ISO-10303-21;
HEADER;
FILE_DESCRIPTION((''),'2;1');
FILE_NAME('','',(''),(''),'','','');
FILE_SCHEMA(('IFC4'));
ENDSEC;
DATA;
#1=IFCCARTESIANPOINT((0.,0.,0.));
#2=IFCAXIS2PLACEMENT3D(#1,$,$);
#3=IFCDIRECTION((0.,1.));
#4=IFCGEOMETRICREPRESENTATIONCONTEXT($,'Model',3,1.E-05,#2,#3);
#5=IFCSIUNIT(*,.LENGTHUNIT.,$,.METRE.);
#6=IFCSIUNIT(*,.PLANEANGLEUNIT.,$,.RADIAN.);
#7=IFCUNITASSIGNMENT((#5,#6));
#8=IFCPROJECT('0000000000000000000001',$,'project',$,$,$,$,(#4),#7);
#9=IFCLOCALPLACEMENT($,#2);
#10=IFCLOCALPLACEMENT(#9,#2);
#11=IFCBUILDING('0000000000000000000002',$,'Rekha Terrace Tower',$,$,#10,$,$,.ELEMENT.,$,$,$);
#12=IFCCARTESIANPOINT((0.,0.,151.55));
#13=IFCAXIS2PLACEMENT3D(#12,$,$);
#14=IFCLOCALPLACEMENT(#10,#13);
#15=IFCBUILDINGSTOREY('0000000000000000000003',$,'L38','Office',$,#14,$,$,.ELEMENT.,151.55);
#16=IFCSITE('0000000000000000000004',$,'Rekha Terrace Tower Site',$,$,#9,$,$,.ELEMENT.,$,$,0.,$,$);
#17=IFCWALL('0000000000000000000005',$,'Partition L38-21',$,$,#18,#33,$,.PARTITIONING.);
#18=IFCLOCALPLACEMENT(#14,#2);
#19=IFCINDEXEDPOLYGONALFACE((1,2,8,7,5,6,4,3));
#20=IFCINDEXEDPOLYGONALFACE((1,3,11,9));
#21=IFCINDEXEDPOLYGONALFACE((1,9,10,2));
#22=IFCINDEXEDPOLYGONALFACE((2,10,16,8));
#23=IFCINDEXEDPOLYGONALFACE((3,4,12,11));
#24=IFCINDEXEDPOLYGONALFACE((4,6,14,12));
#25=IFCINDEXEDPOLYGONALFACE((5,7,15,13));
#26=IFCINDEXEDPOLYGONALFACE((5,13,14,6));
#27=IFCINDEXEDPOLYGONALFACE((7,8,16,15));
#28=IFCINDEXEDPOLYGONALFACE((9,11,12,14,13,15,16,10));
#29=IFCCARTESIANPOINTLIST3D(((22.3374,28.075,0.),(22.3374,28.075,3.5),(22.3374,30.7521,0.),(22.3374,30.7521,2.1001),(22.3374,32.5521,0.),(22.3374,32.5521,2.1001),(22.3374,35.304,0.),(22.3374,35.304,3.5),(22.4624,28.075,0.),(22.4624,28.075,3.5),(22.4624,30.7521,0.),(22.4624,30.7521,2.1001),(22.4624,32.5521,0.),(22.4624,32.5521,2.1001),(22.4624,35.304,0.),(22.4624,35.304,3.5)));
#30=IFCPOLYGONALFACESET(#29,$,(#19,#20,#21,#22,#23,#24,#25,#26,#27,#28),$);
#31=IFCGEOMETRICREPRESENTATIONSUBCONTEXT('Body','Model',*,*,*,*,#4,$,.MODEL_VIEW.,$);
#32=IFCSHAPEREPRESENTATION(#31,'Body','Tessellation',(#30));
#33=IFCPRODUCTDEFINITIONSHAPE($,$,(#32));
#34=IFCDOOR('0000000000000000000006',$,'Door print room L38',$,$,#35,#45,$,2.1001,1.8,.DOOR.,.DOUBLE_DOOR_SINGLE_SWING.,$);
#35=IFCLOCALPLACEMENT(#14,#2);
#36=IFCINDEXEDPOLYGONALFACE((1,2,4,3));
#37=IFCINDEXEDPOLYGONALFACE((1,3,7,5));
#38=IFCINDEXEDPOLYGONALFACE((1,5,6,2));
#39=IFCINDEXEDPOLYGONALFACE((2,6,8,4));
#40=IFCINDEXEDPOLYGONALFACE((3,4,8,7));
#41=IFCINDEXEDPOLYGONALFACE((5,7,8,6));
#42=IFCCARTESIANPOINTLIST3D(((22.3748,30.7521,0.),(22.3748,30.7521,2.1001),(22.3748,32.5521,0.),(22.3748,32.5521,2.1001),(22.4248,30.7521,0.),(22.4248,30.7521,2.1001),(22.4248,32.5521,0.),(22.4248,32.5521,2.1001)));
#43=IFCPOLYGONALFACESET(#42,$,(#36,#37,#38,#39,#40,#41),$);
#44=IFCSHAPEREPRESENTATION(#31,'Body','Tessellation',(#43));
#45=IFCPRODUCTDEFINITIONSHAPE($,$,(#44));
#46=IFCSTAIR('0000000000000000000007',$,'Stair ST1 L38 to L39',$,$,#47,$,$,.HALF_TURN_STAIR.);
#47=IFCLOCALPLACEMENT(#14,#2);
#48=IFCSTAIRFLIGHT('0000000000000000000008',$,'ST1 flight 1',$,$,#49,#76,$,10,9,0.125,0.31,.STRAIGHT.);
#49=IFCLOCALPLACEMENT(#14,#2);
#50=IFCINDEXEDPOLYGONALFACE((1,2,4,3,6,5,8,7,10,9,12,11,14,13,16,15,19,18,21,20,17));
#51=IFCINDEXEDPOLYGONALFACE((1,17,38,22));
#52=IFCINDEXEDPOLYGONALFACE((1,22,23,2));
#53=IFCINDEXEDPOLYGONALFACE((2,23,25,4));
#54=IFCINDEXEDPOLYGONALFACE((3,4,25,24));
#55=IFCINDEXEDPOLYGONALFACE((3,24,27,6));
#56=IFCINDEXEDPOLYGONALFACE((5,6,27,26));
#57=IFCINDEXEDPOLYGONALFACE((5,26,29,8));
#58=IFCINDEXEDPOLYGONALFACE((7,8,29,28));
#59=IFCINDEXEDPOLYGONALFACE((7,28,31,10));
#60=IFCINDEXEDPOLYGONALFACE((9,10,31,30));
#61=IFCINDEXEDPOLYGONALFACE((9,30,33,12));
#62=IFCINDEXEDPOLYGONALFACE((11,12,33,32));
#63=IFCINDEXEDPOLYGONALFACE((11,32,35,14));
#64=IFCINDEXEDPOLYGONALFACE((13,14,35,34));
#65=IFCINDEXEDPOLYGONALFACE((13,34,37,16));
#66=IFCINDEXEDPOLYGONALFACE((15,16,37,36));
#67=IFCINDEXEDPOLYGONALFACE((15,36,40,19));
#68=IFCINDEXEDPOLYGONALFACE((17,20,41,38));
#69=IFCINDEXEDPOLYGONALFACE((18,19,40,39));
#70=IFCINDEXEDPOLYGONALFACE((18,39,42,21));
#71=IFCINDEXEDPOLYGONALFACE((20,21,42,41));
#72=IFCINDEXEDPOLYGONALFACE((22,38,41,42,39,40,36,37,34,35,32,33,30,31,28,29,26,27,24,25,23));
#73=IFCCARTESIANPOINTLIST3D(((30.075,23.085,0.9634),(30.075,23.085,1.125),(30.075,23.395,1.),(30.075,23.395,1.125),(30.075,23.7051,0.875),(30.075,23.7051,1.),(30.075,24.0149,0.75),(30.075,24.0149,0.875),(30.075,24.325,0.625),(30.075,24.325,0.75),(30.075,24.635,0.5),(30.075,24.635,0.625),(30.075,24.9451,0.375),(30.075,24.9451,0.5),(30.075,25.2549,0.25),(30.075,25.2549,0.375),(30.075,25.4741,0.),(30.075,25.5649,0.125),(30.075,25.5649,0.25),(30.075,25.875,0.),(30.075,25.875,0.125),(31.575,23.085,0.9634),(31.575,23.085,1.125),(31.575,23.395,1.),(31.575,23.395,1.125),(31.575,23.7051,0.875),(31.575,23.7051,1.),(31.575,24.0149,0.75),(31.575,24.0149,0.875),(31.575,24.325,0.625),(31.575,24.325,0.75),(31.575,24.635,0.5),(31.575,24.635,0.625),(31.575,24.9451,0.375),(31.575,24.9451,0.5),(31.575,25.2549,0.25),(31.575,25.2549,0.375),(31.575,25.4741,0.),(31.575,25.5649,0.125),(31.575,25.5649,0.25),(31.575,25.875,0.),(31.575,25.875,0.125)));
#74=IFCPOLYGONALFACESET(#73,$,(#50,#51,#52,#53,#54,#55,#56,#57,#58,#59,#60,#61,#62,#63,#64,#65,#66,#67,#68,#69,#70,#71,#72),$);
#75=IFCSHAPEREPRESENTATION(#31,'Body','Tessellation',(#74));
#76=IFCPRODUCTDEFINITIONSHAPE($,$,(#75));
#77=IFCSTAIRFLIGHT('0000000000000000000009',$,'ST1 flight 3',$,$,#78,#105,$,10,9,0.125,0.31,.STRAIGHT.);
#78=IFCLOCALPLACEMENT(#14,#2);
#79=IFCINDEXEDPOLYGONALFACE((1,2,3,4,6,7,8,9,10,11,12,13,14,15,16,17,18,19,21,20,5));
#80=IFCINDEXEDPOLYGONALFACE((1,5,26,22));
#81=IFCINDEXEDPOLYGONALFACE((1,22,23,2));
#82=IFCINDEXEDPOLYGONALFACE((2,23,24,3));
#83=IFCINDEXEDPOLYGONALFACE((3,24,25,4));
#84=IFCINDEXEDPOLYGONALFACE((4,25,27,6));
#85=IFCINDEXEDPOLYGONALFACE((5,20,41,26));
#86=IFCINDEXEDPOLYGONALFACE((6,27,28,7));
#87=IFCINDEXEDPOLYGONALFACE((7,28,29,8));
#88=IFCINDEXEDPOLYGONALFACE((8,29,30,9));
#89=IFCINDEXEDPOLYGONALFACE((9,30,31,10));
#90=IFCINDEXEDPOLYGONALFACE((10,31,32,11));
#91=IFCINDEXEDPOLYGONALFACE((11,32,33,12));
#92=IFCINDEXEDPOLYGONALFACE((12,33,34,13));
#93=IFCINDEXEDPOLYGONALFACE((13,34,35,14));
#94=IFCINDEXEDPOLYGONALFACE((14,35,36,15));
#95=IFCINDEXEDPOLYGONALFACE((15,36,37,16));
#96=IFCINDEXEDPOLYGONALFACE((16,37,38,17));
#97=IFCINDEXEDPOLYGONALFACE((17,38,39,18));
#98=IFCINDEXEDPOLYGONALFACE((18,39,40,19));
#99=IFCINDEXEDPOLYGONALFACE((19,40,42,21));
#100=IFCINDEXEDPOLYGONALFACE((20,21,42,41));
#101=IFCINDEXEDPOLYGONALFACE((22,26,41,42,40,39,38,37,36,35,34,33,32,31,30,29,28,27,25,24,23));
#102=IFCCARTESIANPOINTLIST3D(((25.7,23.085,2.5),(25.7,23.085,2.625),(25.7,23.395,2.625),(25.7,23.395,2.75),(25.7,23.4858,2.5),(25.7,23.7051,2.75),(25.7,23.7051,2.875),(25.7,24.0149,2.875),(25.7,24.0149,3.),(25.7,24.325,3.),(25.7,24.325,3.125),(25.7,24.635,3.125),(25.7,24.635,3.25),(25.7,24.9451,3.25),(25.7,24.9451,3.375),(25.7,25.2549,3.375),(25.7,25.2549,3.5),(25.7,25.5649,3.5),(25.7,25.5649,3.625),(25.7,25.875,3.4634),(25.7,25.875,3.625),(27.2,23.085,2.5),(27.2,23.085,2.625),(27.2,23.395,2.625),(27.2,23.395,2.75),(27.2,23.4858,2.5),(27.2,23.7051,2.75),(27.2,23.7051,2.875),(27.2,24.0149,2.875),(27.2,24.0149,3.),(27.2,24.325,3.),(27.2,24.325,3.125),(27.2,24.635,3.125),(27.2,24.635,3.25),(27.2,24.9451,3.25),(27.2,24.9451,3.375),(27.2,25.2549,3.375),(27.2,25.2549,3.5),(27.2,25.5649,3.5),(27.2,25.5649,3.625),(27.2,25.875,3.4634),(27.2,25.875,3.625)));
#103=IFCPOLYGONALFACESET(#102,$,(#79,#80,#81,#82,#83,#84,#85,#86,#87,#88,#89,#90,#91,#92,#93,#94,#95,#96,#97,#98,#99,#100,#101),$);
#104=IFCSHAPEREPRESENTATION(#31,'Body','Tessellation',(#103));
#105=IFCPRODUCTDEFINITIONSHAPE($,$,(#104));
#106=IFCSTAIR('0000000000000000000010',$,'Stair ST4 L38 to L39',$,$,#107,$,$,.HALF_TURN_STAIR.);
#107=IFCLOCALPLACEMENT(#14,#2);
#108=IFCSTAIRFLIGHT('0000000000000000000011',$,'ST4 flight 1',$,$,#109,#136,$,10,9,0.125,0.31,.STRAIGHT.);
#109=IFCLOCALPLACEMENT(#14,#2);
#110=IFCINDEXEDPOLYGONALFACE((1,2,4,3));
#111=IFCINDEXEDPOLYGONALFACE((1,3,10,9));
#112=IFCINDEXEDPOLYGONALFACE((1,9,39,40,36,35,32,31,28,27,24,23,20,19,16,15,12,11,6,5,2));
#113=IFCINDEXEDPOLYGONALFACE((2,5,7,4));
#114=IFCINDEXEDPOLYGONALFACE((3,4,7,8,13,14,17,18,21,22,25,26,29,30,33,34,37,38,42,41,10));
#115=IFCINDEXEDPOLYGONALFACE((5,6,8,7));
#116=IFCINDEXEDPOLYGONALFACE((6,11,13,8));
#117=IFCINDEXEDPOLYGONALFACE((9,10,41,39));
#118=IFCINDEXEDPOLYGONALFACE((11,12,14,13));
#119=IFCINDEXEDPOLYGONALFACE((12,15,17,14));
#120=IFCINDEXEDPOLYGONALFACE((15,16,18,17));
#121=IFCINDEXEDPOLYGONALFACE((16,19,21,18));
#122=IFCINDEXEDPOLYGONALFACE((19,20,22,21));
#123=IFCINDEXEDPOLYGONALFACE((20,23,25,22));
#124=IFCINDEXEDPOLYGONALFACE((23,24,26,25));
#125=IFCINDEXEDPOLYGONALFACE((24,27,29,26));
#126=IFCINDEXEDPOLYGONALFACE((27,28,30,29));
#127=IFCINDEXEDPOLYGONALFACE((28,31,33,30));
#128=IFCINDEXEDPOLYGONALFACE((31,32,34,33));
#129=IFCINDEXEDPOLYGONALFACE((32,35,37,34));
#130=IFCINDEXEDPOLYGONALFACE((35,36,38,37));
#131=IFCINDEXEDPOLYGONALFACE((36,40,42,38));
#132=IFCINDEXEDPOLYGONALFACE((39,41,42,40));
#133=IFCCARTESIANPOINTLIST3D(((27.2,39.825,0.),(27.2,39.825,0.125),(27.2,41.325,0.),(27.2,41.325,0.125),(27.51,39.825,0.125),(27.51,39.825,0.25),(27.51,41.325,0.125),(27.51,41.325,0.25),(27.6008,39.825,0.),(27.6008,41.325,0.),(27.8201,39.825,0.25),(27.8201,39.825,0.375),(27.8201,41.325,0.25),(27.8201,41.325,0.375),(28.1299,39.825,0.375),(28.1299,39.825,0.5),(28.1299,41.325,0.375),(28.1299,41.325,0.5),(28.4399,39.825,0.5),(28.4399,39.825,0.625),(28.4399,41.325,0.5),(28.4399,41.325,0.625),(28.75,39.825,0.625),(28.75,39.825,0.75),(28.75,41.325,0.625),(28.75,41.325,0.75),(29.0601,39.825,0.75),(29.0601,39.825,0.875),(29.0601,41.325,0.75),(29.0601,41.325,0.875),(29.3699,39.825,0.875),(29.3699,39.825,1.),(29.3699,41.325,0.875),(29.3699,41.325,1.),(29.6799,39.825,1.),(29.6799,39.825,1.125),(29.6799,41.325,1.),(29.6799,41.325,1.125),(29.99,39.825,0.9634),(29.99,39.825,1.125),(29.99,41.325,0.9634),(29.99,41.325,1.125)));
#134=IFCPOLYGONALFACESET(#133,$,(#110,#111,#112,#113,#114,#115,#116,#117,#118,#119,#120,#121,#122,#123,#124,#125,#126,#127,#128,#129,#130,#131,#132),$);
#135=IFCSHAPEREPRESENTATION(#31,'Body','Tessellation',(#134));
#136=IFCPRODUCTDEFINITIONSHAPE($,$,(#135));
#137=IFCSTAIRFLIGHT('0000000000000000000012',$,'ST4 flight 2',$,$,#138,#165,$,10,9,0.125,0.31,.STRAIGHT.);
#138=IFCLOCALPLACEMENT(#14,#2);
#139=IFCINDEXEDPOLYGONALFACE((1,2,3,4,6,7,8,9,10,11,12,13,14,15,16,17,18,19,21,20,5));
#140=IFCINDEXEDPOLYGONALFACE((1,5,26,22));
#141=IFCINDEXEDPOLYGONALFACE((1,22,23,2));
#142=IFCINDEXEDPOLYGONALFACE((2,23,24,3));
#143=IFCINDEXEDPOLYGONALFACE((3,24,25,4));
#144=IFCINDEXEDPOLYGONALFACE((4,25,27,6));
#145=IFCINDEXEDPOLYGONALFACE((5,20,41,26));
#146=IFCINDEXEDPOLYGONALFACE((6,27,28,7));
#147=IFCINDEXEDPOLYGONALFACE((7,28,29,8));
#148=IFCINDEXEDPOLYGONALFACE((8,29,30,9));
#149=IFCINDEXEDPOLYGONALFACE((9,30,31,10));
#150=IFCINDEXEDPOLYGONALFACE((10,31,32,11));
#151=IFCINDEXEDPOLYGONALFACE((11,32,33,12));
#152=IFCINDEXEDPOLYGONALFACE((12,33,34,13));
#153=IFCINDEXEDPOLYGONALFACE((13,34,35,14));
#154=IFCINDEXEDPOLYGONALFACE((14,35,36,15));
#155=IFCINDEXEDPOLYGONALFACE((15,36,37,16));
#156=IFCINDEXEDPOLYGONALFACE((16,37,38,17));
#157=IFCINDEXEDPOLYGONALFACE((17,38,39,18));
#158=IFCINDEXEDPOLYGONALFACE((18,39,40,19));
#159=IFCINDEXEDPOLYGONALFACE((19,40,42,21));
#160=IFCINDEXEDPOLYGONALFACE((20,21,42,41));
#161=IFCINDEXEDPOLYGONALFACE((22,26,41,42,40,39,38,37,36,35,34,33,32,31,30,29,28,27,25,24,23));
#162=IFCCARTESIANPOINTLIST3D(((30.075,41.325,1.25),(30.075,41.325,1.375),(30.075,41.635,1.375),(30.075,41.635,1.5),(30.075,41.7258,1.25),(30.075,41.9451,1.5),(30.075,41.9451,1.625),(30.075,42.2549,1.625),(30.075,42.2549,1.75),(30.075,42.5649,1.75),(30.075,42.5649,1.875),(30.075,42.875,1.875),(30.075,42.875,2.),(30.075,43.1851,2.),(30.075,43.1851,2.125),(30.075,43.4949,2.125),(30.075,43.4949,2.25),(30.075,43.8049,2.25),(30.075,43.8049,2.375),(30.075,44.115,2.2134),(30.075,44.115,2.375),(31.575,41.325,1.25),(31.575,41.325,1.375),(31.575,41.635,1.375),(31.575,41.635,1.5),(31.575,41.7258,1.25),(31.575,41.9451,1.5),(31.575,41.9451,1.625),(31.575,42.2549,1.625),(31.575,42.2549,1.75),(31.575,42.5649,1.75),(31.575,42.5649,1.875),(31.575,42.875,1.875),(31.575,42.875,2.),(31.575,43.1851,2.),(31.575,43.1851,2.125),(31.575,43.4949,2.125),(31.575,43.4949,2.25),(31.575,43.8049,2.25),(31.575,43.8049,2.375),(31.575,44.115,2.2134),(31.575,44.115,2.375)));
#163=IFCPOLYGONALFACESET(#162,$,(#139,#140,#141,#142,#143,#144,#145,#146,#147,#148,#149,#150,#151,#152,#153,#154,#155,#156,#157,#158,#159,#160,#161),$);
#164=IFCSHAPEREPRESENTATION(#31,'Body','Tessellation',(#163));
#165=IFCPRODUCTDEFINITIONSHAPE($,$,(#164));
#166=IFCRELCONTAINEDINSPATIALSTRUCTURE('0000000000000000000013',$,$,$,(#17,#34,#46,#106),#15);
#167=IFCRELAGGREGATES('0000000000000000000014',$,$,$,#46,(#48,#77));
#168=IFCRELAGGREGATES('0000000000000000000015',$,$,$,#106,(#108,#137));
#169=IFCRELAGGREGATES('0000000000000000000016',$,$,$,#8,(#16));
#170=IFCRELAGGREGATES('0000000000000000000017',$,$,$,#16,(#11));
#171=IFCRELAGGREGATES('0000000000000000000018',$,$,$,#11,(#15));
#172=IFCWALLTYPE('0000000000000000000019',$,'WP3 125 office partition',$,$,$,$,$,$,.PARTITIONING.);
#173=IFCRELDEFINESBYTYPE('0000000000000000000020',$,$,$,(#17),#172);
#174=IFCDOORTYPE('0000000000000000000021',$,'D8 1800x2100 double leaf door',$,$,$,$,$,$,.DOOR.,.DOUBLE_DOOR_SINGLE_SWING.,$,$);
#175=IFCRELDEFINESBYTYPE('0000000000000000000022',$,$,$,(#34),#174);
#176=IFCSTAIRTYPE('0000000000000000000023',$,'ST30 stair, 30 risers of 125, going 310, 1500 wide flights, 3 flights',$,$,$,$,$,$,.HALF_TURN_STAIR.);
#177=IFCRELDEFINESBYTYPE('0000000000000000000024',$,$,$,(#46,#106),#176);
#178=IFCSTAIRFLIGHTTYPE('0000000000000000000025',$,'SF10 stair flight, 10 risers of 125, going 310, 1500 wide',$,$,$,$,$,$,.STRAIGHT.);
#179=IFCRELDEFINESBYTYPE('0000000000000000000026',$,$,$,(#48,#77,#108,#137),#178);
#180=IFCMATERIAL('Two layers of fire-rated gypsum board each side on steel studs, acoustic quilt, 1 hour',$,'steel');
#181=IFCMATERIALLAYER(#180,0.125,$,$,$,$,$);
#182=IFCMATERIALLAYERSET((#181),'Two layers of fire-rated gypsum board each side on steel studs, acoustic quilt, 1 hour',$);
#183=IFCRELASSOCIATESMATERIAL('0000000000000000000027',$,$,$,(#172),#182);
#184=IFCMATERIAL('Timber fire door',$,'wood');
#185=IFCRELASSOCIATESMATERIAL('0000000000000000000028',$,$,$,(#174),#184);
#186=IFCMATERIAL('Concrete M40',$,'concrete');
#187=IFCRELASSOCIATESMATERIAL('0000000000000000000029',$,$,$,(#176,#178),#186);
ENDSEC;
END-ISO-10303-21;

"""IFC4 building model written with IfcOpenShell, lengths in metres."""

from ifc_helpers import new_model, si_unit, direction, frame, frame_2d, origin, place, context, subcontext, project, spatial, polyline, rectangle, outline, extrude, material, layer, layer_set, type_object, element, fill, aggregate, save


model = new_model("IFC4")

# Units and contexts
model_context = context("Model", 3, precision=1e-05, world=origin(), true_north=direction((0.0, 1.0)))
body_context = subcontext(model_context, "Body", "Model", "MODEL_VIEW")
ifc_project = project(units=[si_unit("LENGTHUNIT", "METRE"), si_unit("PLANEANGLEUNIT", "RADIAN")], contexts=[model_context])

# Site, building, storey
site_placement = place(None, origin())
site = spatial("IfcSite", under=ifc_project, at=site_placement, Name="Rekha Terrace Tower Site", CompositionType="ELEMENT", RefElevation=0.0)
building_placement = place(site_placement, origin())
building = spatial("IfcBuilding", under=site, at=building_placement, Name="Rekha Terrace Tower", CompositionType="ELEMENT")
storey_placement = place(building_placement, frame((0.0, 0.0, 151.55)))
storey = spatial("IfcBuildingStorey", under=building, at=storey_placement, Name="L38", Description="Office", CompositionType="ELEMENT", Elevation=151.55)

# Shared definitions
ifc_material_1 = material(Name="Two layers of fire-rated gypsum board each side on steel studs, acoustic quilt, 1 hour", Category="steel")
ifc_layer_1 = layer(ifc_material_1, 0.125)
ifc_layer_set_1 = layer_set([ifc_layer_1], Name="Two layers of fire-rated gypsum board each side on steel studs, acoustic quilt, 1 hour")
wall_type_1 = type_object("IfcWallType", Name="WP3 125 office partition", PredefinedType="PARTITIONING", material=ifc_layer_set_1)

# Wall, opening, door
wall_1_placement = place(storey_placement, frame((22.3999, 35.304, 0.0), z_axis=(0.0, 0.0, 1.0), x_axis=(0.0, -1.0, 0.0)))
wall_1 = element("IfcWall", 1, at=wall_1_placement, inside=storey, type_object=wall_type_1, Name="Partition L38-21", PredefinedType="PARTITIONING", context=body_context, shape_type="SweptSolid", body=[
    extrude(rectangle(XDim=7.229, YDim=0.125, at=frame_2d((3.6145, 0.0))), origin(), (0.0, 0.0, 1.0), 3.5),
])
opening_1_placement = place(wall_1_placement, frame((2.752, 0.0, 0.0)))
opening_1 = element("IfcOpeningElement", 2, at=opening_1_placement, cuts=wall_1, PredefinedType="OPENING", context=body_context, shape_type="SweptSolid", body=[
    extrude(rectangle(XDim=1.8, YDim=2.1001, at=frame_2d((0.8999, 1.05))), frame((0.0, 0.0725, 0.0), z_axis=(0.0, -1.0, 0.0), x_axis=(1.0, 0.0, 0.0)), (0.0, 0.0, 1.0), 0.145),
])
ifc_material_2 = material(Name="Timber fire door", Category="wood")
door_type_1 = type_object("IfcDoorType", Name="D8 1800x2100 double leaf door", OperationType="DOUBLE_DOOR_SINGLE_SWING", PredefinedType="DOOR", material=ifc_material_2)
door_1_placement = place(opening_1_placement, origin())
door_1 = element("IfcDoor", 3, at=door_1_placement, inside=storey, type_object=door_type_1, Name="Door print room L38", OperationType="DOUBLE_DOOR_SINGLE_SWING", OverallHeight=2.1001, OverallWidth=1.8, PredefinedType="DOOR", context=body_context, shape_type="SweptSolid", body=[
    extrude(rectangle(XDim=1.8, YDim=2.1001, at=frame_2d((0.8999, 1.05))), frame((0.0, 0.0249, 0.0), z_axis=(0.0, -1.0, 0.0), x_axis=(1.0, 0.0, 0.0)), (0.0, 0.0, 1.0), 0.05),
])
fill(opening_1, door_1)

# Stairs, stair flights
ifc_material_3 = material(Name="Concrete M40", Category="concrete")
stair_type = type_object("IfcStairType", Name="ST30 stair, 30 risers of 125, going 310, 1500 wide flights, 3 flights", PredefinedType="HALF_TURN_STAIR", material=ifc_material_3)
stair_1_placement = place(storey_placement, origin())
stair_1 = element("IfcStair", 4, at=stair_1_placement, inside=storey, type_object=stair_type, Name="Stair ST1 L38 to L39", PredefinedType="HALF_TURN_STAIR")
stair_flight_type = type_object("IfcStairFlightType", Name="SF10 stair flight, 10 risers of 125, going 310, 1500 wide", PredefinedType="STRAIGHT", material=ifc_material_3)
stair_flight_1_placement = place(storey_placement, frame((30.825, 25.875, 0.0), z_axis=(0.0, 0.0, 1.0), x_axis=(0.0, -1.0, 0.0)))
stair_flight_1 = element("IfcStairFlight", 5, at=stair_flight_1_placement, type_object=stair_flight_type, Name="ST1 flight 1", NumberOfRisers=10, NumberOfTreads=9, PredefinedType="STRAIGHT", RiserHeight=0.125, TreadLength=0.31, context=body_context, shape_type="SweptSolid", body=[
    extrude(outline(polyline([(0.0, 0.0), (0.0, 0.125), (0.3101, 0.125), (0.3101, 0.25), (0.6201, 0.25), (0.6201, 0.375), (0.9299, 0.375), (0.9299, 0.5), (1.24, 0.5), (1.24, 0.625), (1.55, 0.625), (1.55, 0.75), (1.8601, 0.75), (1.8601, 0.875), (2.1699, 0.875), (2.1699, 1.0), (2.48, 1.0), (2.48, 1.125), (2.79, 1.125), (2.79, 1.25), (2.79, 0.9634), (0.4009, 0.0), (0.0, 0.0)])), frame((0.0, 0.75, 0.0), z_axis=(0.0, -1.0, 0.0), x_axis=(1.0, 0.0, 0.0)), (0.0, 0.0, 1.0), 1.5),
])
stair_flight_2_placement = place(storey_placement, frame((26.45, 23.085, 2.5), z_axis=(0.0, 0.0, 1.0), x_axis=(0.0, 1.0, 0.0)))
stair_flight_2 = element("IfcStairFlight", 6, at=stair_flight_2_placement, type_object=stair_flight_type, Name="ST1 flight 3", NumberOfRisers=10, NumberOfTreads=9, PredefinedType="STRAIGHT", RiserHeight=0.125, TreadLength=0.31, context=body_context, shape_type="SweptSolid", body=[
    extrude(outline(polyline([(0.0, 0.0), (0.0, 0.125), (0.3101, 0.125), (0.3101, 0.25), (0.6201, 0.25), (0.6201, 0.375), (0.9299, 0.375), (0.9299, 0.5), (1.24, 0.5), (1.24, 0.625), (1.55, 0.625), (1.55, 0.75), (1.8601, 0.75), (1.8601, 0.875), (2.1699, 0.875), (2.1699, 1.0), (2.48, 1.0), (2.48, 1.125), (2.79, 1.125), (2.79, 1.25), (2.79, 0.9634), (0.4009, 0.0), (0.0, 0.0)])), frame((0.0, 0.75, 0.0), z_axis=(0.0, -1.0, 0.0), x_axis=(1.0, 0.0, 0.0)), (0.0, 0.0, 1.0), 1.5),
])
aggregate(stair_1, [stair_flight_1, stair_flight_2])
stair_2_placement = place(storey_placement, origin())
stair_2 = element("IfcStair", 7, at=stair_2_placement, inside=storey, type_object=stair_type, Name="Stair ST4 L38 to L39", PredefinedType="HALF_TURN_STAIR")
stair_flight_3_placement = place(storey_placement, frame((27.2, 40.575, 0.0), z_axis=(0.0, 0.0, 1.0), x_axis=(1.0, 0.0, 0.0)))
stair_flight_3 = element("IfcStairFlight", 8, at=stair_flight_3_placement, type_object=stair_flight_type, Name="ST4 flight 1", NumberOfRisers=10, NumberOfTreads=9, PredefinedType="STRAIGHT", RiserHeight=0.125, TreadLength=0.31, context=body_context, shape_type="SweptSolid", body=[
    extrude(outline(polyline([(0.0, 0.0), (0.0, 0.125), (0.3101, 0.125), (0.3101, 0.25), (0.6201, 0.25), (0.6201, 0.375), (0.9299, 0.375), (0.9299, 0.5), (1.24, 0.5), (1.24, 0.625), (1.55, 0.625), (1.55, 0.75), (1.8601, 0.75), (1.8601, 0.875), (2.1699, 0.875), (2.1699, 1.0), (2.48, 1.0), (2.48, 1.125), (2.79, 1.125), (2.79, 1.25), (2.79, 0.9634), (0.4009, 0.0), (0.0, 0.0)])), frame((0.0, 0.75, 0.0), z_axis=(0.0, -1.0, 0.0), x_axis=(1.0, 0.0, 0.0)), (0.0, 0.0, 1.0), 1.5),
])
stair_flight_4_placement = place(storey_placement, frame((30.825, 41.325, 1.25), z_axis=(0.0, 0.0, 1.0), x_axis=(0.0, 1.0, 0.0)))
stair_flight_4 = element("IfcStairFlight", 9, at=stair_flight_4_placement, type_object=stair_flight_type, Name="ST4 flight 2", NumberOfRisers=10, NumberOfTreads=9, PredefinedType="STRAIGHT", RiserHeight=0.125, TreadLength=0.31, context=body_context, shape_type="SweptSolid", body=[
    extrude(outline(polyline([(0.0, 0.0), (0.0, 0.125), (0.3101, 0.125), (0.3101, 0.25), (0.6201, 0.25), (0.6201, 0.375), (0.9299, 0.375), (0.9299, 0.5), (1.24, 0.5), (1.24, 0.625), (1.55, 0.625), (1.55, 0.75), (1.8601, 0.75), (1.8601, 0.875), (2.1699, 0.875), (2.1699, 1.0), (2.48, 1.0), (2.48, 1.125), (2.79, 1.125), (2.79, 1.25), (2.79, 0.9634), (0.4009, 0.0), (0.0, 0.0)])), frame((0.0, 0.75, 0.0), z_axis=(0.0, -1.0, 0.0), x_axis=(1.0, 0.0, 0.0)), (0.0, 0.0, 1.0), 1.5),
])
aggregate(stair_2, [stair_flight_3, stair_flight_4])

save(model, "model.ifc")
